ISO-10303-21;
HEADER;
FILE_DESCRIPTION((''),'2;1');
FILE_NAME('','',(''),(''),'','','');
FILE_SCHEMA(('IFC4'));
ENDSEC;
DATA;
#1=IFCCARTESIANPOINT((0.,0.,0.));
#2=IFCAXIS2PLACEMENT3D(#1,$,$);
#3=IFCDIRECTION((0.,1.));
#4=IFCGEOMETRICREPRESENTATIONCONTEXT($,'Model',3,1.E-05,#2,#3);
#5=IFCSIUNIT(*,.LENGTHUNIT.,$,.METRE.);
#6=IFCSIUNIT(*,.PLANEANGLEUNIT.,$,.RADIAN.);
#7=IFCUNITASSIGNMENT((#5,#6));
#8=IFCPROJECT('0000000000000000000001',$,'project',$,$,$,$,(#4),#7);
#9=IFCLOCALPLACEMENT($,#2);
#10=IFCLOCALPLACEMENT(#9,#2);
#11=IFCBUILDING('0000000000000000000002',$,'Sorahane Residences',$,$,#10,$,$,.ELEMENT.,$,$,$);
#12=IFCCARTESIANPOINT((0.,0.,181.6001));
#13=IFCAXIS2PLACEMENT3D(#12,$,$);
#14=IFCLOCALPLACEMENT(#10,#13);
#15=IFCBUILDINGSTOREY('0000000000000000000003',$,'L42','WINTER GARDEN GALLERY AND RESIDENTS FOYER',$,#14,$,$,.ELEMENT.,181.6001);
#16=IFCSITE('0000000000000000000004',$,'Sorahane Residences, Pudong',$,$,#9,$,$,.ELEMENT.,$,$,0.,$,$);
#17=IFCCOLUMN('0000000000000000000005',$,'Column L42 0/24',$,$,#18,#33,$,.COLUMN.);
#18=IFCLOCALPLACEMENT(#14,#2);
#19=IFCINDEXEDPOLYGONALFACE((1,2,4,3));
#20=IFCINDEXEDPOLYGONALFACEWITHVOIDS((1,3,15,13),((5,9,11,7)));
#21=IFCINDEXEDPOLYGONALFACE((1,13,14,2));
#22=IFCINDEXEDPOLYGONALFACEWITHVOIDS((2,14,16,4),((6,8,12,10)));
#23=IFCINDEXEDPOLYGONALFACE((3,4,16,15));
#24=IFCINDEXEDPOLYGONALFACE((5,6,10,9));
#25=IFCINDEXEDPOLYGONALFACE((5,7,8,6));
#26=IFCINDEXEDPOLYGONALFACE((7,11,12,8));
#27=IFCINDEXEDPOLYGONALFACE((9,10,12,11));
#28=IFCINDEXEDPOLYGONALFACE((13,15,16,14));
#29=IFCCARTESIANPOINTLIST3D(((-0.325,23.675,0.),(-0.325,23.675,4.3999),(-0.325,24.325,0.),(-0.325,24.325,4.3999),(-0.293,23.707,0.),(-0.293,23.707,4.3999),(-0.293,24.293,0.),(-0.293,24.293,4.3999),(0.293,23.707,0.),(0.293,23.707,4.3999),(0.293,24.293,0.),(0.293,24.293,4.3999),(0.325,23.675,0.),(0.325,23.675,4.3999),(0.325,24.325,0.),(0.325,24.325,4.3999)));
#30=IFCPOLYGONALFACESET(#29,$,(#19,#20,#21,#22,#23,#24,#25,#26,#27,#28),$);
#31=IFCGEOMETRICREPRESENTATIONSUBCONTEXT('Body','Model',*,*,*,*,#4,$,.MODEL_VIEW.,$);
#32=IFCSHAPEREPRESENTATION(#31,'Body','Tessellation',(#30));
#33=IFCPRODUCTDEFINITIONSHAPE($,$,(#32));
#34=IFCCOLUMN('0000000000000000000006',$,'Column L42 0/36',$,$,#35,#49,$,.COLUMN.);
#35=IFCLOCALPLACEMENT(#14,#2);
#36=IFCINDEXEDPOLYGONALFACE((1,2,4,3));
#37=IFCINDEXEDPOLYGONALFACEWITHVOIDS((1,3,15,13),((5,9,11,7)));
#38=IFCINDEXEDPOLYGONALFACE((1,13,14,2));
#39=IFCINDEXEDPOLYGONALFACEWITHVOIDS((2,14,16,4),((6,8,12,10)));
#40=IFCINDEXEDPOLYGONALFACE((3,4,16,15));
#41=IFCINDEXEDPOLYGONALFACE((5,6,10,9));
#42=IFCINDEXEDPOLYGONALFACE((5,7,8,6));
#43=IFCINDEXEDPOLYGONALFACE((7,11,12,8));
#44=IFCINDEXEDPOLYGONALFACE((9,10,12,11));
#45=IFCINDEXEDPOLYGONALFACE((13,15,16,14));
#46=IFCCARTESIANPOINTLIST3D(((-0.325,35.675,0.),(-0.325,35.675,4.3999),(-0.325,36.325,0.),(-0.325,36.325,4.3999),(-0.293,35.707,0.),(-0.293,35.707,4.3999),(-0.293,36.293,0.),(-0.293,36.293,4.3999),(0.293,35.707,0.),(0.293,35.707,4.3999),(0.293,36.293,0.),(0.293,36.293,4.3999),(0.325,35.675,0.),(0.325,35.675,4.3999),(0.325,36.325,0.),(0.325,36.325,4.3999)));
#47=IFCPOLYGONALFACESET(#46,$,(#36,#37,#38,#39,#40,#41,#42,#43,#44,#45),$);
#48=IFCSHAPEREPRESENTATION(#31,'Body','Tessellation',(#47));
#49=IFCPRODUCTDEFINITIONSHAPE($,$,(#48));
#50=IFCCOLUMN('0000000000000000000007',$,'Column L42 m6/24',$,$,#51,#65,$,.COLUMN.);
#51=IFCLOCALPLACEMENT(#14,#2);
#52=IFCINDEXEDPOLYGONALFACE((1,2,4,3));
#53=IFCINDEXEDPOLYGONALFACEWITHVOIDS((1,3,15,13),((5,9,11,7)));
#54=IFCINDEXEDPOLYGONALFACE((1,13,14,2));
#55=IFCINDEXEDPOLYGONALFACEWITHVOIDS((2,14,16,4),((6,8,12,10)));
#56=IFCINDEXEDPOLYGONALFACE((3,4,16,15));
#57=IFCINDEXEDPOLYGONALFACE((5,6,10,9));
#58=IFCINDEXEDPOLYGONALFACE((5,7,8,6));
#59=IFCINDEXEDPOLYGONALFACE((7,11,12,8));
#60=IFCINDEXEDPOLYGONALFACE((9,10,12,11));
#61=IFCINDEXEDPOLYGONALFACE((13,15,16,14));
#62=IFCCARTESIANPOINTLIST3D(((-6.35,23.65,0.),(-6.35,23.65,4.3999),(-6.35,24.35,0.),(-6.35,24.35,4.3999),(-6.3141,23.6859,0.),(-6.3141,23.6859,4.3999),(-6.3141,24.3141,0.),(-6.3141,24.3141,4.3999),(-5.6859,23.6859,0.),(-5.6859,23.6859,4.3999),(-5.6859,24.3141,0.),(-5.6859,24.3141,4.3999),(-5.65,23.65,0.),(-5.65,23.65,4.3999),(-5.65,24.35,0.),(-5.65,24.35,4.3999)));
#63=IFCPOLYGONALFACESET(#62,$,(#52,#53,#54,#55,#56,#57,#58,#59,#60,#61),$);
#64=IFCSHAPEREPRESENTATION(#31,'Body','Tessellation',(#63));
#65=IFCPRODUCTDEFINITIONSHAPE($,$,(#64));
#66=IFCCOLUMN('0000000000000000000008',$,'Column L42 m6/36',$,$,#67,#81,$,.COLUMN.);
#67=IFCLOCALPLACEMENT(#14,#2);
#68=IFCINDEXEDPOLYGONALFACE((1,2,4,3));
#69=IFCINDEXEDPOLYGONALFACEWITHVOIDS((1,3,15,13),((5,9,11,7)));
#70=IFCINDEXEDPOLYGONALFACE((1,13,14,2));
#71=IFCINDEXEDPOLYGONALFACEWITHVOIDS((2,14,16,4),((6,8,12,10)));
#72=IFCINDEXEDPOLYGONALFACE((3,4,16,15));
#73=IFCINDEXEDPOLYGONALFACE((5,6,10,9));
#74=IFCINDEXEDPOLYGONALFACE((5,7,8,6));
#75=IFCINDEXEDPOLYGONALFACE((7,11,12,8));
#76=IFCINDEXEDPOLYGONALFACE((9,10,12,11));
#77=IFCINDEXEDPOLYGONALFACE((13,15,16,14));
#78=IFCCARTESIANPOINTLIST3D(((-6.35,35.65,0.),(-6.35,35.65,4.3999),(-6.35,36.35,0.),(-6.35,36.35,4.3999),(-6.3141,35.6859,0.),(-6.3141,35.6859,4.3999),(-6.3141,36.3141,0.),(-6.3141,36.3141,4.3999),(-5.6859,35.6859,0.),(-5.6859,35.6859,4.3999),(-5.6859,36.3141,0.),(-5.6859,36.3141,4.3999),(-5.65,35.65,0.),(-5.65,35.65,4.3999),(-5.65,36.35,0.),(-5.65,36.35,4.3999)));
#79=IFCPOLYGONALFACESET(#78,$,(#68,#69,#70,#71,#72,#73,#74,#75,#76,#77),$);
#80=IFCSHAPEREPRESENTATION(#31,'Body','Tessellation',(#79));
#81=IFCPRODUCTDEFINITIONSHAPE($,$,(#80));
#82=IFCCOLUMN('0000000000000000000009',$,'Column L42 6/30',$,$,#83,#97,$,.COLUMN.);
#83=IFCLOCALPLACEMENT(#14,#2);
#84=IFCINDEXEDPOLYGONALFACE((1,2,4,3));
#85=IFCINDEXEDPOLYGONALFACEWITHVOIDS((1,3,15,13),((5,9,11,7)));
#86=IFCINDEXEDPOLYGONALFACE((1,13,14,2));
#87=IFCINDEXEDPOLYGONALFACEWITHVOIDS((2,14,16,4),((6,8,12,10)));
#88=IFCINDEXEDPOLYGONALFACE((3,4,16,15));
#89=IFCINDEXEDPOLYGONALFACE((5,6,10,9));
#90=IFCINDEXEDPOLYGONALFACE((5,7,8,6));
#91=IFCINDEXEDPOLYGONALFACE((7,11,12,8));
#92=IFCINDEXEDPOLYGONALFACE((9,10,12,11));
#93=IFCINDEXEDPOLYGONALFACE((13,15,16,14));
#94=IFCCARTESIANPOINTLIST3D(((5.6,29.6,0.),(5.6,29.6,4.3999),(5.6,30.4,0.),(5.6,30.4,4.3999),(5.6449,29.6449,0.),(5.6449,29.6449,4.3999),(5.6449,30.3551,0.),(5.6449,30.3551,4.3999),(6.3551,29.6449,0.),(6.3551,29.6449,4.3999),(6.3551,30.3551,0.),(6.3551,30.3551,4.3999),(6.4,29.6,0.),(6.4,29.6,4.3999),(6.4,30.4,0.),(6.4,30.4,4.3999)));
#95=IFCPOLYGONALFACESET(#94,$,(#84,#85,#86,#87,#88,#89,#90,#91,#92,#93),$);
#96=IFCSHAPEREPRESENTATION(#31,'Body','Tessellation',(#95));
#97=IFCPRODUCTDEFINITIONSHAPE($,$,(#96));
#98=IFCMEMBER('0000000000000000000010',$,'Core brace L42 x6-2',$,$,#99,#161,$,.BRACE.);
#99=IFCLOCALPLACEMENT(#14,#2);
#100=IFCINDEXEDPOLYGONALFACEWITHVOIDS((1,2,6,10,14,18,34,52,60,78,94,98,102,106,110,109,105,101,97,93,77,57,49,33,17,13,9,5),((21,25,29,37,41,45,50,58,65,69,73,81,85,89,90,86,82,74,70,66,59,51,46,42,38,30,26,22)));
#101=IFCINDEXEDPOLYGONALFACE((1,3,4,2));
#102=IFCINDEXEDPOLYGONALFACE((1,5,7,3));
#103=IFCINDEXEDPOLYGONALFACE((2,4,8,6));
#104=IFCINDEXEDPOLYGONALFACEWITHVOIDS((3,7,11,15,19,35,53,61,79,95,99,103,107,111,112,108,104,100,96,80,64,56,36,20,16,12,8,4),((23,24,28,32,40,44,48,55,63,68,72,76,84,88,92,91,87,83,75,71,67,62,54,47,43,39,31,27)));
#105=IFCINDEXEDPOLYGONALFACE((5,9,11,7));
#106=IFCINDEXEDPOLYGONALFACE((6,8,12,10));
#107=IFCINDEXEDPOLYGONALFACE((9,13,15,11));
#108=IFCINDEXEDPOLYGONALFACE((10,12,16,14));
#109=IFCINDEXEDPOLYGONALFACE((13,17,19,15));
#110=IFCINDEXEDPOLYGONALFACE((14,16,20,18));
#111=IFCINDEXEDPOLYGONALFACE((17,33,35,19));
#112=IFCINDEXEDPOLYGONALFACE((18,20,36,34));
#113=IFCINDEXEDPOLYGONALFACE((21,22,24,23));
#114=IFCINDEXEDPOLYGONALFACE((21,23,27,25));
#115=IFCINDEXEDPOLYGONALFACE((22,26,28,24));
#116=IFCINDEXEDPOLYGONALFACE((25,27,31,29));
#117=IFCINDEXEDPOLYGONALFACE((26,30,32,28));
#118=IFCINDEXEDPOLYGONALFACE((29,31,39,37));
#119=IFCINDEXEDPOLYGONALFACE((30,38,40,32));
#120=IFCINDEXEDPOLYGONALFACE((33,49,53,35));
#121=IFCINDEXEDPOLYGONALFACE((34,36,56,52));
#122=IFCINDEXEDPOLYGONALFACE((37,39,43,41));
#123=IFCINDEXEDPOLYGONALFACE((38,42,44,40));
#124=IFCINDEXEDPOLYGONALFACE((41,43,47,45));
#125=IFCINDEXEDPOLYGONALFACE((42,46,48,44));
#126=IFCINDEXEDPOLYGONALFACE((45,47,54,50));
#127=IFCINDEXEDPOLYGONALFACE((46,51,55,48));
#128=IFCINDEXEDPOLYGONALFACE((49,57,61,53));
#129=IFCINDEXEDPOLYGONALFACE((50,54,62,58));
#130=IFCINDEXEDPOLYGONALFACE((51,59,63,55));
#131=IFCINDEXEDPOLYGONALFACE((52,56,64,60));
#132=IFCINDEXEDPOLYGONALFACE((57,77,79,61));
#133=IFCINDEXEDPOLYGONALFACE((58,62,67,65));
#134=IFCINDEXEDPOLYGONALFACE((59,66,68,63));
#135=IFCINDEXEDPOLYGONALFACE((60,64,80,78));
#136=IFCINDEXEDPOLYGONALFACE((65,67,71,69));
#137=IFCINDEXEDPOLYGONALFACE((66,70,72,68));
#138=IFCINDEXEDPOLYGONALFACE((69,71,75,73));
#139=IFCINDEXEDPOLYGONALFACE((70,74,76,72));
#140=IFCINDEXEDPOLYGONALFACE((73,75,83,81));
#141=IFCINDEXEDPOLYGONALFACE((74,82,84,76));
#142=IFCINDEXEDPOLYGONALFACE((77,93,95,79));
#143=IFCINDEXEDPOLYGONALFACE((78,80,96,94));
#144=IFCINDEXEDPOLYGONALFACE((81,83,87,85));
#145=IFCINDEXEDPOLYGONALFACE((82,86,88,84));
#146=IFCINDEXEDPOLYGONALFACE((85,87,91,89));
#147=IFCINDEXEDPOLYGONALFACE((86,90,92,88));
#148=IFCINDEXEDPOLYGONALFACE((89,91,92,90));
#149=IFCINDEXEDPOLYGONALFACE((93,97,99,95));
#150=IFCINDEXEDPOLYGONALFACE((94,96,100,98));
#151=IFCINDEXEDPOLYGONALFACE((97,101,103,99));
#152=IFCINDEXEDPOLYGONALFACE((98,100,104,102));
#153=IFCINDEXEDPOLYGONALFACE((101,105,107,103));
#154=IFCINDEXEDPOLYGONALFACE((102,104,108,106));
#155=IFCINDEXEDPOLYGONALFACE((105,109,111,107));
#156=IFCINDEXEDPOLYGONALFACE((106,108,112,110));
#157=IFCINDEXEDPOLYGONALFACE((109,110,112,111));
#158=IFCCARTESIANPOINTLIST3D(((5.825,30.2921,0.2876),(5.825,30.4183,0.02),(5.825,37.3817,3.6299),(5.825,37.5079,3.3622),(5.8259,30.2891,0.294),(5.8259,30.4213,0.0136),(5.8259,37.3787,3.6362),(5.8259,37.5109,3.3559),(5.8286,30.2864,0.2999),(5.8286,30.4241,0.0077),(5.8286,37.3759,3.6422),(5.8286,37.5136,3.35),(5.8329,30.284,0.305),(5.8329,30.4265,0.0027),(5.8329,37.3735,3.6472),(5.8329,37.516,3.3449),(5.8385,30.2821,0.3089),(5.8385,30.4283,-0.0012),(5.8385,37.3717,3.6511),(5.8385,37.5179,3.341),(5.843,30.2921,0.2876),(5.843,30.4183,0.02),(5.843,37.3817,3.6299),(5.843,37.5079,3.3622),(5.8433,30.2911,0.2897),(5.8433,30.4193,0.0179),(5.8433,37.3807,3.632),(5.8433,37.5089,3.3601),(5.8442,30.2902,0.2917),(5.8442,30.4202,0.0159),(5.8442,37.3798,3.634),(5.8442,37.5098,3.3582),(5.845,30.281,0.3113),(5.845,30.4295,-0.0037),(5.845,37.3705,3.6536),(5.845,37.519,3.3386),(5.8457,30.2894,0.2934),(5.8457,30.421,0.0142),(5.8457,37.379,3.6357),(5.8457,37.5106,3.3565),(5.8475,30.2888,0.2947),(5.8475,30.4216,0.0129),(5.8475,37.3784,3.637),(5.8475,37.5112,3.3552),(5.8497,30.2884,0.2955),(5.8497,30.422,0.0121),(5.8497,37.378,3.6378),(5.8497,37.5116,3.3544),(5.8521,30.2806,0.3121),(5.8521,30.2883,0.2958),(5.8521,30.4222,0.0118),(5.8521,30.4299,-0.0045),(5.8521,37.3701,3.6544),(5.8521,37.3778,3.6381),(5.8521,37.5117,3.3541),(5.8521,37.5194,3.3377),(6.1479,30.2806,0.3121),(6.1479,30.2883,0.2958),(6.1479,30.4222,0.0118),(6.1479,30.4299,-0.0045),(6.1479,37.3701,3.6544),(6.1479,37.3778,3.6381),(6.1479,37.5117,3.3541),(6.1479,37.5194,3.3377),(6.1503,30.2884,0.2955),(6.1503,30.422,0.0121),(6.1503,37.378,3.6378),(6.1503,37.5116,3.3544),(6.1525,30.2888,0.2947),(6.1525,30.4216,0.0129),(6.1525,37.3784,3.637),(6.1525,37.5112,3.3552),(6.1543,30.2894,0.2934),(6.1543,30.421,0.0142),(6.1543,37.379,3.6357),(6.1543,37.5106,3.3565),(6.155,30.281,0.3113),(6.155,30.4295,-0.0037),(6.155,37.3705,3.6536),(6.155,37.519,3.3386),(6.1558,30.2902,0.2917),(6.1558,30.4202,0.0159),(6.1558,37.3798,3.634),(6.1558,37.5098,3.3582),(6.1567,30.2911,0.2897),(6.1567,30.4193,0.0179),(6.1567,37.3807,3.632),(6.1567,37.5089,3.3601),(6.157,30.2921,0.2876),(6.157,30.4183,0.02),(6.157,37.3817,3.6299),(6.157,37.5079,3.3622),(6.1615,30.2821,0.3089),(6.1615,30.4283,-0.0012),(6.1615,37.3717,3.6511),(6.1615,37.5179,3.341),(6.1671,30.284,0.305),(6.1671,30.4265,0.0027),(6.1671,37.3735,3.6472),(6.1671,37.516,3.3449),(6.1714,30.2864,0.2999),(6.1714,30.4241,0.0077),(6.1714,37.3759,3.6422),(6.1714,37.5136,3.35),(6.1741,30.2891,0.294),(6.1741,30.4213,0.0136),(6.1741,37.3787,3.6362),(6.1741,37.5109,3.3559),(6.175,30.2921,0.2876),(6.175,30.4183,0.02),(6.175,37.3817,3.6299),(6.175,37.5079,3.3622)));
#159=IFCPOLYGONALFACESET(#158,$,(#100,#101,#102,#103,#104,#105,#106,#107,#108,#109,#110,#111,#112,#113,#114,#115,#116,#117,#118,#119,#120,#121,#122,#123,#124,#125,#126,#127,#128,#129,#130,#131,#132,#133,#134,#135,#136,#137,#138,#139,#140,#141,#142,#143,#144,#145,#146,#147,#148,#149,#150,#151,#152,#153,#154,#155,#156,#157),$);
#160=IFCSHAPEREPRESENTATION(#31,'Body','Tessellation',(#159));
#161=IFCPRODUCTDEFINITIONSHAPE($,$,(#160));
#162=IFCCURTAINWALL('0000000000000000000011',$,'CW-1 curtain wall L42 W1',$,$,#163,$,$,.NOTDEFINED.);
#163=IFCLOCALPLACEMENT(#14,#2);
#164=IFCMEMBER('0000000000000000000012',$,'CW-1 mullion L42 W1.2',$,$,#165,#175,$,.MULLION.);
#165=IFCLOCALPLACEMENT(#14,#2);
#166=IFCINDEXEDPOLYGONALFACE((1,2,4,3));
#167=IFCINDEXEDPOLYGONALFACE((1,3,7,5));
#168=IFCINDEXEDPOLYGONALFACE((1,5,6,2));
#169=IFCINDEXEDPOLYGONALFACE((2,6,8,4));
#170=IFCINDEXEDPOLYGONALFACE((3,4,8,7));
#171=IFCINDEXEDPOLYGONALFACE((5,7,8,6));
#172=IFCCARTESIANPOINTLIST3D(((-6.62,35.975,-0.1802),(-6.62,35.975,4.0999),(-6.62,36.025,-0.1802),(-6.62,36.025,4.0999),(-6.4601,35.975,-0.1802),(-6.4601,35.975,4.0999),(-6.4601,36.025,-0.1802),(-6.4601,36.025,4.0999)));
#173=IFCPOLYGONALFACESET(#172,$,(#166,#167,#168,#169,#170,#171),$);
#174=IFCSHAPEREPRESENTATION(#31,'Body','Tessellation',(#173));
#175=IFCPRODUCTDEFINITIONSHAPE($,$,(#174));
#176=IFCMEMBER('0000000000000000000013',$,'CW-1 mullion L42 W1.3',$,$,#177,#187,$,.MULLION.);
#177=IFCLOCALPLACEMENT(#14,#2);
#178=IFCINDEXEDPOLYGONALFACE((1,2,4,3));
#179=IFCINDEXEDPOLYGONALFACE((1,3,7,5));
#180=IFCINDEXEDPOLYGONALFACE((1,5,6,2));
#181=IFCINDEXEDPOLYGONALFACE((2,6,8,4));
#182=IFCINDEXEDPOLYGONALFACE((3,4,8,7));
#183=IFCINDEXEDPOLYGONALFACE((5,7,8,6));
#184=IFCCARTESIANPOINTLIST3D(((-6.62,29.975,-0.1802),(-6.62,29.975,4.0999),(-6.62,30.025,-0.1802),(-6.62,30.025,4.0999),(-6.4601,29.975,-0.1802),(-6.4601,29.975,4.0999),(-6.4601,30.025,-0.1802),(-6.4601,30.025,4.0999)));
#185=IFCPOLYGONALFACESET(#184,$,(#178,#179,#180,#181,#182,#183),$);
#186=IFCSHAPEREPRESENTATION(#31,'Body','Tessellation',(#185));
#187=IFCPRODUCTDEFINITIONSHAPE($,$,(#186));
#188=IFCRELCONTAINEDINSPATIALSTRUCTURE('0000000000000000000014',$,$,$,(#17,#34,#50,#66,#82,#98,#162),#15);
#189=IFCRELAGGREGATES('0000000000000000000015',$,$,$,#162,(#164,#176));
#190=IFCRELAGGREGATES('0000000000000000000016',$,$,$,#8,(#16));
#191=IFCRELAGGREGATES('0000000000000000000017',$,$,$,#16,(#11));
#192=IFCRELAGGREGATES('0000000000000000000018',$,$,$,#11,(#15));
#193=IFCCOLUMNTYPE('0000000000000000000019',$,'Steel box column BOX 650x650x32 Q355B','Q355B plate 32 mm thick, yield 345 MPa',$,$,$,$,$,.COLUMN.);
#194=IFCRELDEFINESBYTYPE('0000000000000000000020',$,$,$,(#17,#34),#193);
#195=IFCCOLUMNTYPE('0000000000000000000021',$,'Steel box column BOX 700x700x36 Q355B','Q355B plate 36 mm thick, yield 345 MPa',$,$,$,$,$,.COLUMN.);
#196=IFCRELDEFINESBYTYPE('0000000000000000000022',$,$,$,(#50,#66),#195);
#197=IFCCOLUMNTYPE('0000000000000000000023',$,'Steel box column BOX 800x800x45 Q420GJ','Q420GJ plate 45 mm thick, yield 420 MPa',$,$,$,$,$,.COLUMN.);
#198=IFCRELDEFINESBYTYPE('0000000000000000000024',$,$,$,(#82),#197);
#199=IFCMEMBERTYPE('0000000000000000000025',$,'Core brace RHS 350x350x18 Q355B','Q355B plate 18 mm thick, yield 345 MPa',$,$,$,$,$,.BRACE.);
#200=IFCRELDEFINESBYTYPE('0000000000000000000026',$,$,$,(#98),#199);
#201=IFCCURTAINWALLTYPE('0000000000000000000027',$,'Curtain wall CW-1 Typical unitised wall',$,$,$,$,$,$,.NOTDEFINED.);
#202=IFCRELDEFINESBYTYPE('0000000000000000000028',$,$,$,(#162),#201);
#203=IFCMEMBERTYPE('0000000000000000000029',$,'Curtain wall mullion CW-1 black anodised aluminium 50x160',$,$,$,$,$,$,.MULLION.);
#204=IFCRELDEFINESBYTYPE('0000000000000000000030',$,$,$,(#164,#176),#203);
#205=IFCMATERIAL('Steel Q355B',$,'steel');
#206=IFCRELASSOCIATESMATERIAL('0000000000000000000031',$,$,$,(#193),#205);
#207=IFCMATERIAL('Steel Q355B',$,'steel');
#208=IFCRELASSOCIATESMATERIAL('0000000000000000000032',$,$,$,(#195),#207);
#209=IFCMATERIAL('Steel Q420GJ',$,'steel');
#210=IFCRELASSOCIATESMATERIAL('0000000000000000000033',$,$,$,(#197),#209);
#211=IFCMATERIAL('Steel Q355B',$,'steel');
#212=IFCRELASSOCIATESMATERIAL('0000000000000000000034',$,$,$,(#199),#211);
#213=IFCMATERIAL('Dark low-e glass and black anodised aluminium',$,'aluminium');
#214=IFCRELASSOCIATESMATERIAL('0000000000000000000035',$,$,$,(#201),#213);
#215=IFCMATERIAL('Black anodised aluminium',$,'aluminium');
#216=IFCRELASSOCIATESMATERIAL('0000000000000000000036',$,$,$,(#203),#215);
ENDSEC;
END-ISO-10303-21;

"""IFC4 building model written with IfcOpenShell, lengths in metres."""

from ifc_helpers import new_model, si_unit, direction, frame, origin, origin_2d, place, context, subcontext, project, spatial, rectangle, hollow_rectangle, extrude, material, material_profile, profile_set, type_object, element, aggregate, save


model = new_model("IFC4")

# Units and contexts
model_context = context("Model", 3, precision=1e-05, world=origin(), true_north=direction((0.0, 1.0)))
body_context = subcontext(model_context, "Body", "Model", "MODEL_VIEW")
ifc_project = project(units=[si_unit("LENGTHUNIT", "METRE"), si_unit("PLANEANGLEUNIT", "RADIAN")], contexts=[model_context])

# Site, building, storey
site_placement = place(None, origin())
site = spatial("IfcSite", under=ifc_project, at=site_placement, Name="Sorahane Residences, Pudong", CompositionType="ELEMENT", RefElevation=0.0)
building_placement = place(site_placement, origin())
building = spatial("IfcBuilding", under=site, at=building_placement, Name="Sorahane Residences", CompositionType="ELEMENT")
storey_placement = place(building_placement, frame((0.0, 0.0, 181.6001)))
storey = spatial("IfcBuildingStorey", under=building, at=storey_placement, Name="L42", Description="WINTER GARDEN GALLERY AND RESIDENTS FOYER", CompositionType="ELEMENT", Elevation=181.6001)

# Columns
ifc_material_1 = material(Name="Steel Q355B", Category="steel")
ifc_material_profile_1 = material_profile(ifc_material_1, hollow_rectangle(XDim=0.6499, YDim=0.6499, WallThickness=0.032, at=origin_2d()), Name="BOX 650x650x32")
ifc_profile_set_1 = profile_set([ifc_material_profile_1], Name="Steel Q355B")
column_type_1 = type_object("IfcColumnType", Name="Steel box column BOX 650x650x32 Q355B", Description="Q355B plate 32 mm thick, yield 345 MPa", PredefinedType="COLUMN", material=ifc_profile_set_1)
for number, where, z_axis, x_axis, name in (
    (1, (0.0, 24.0, 0.0), (0.0, 0.0, 1.0), (1.0, 0.0, 0.0), "Column L42 0/24"),
    (2, (0.0, 36.0, 0.0), (0.0, 0.0, 1.0), (1.0, 0.0, 0.0), "Column L42 0/36"),
):
    element("IfcColumn", number, at=place(storey_placement, frame(where, z_axis=z_axis, x_axis=x_axis)), inside=storey, type_object=column_type_1, Name=name, PredefinedType="COLUMN", context=body_context, shape_type="SweptSolid", body=[
        extrude(hollow_rectangle(XDim=0.6499, YDim=0.6499, WallThickness=0.032, at=origin_2d()), origin(), (0.0, 0.0, 1.0), 4.3999),
    ])
ifc_material_2 = material(Name="Steel Q355B", Category="steel")
ifc_material_profile_2 = material_profile(ifc_material_2, hollow_rectangle(XDim=0.7, YDim=0.7, WallThickness=0.0359, at=origin_2d()), Name="BOX 700x700x36")
ifc_profile_set_2 = profile_set([ifc_material_profile_2], Name="Steel Q355B")
column_type_2 = type_object("IfcColumnType", Name="Steel box column BOX 700x700x36 Q355B", Description="Q355B plate 36 mm thick, yield 345 MPa", PredefinedType="COLUMN", material=ifc_profile_set_2)
for number, where, z_axis, x_axis, name in (
    (3, (-6.0, 24.0, 0.0), (0.0, 0.0, 1.0), (1.0, 0.0, 0.0), "Column L42 m6/24"),
    (4, (-6.0, 36.0, 0.0), (0.0, 0.0, 1.0), (1.0, 0.0, 0.0), "Column L42 m6/36"),
):
    element("IfcColumn", number, at=place(storey_placement, frame(where, z_axis=z_axis, x_axis=x_axis)), inside=storey, type_object=column_type_2, Name=name, PredefinedType="COLUMN", context=body_context, shape_type="SweptSolid", body=[
        extrude(hollow_rectangle(XDim=0.7, YDim=0.7, WallThickness=0.0359, at=origin_2d()), origin(), (0.0, 0.0, 1.0), 4.3999),
    ])
ifc_material_3 = material(Name="Steel Q420GJ", Category="steel")
ifc_material_profile_3 = material_profile(ifc_material_3, hollow_rectangle(XDim=0.8, YDim=0.8, WallThickness=0.0449, at=origin_2d()), Name="BOX 800x800x45")
ifc_profile_set_3 = profile_set([ifc_material_profile_3], Name="Steel Q420GJ")
column_type_3 = type_object("IfcColumnType", Name="Steel box column BOX 800x800x45 Q420GJ", Description="Q420GJ plate 45 mm thick, yield 420 MPa", PredefinedType="COLUMN", material=ifc_profile_set_3)
column_placement = place(storey_placement, frame((6.0, 30.0, 0.0), z_axis=(0.0, 0.0, 1.0), x_axis=(1.0, 0.0, 0.0)))
element("IfcColumn", 5, at=column_placement, inside=storey, type_object=column_type_3, Name="Column L42 6/30", PredefinedType="COLUMN", context=body_context, shape_type="SweptSolid", body=[
    extrude(hollow_rectangle(XDim=0.8, YDim=0.8, WallThickness=0.0449, at=origin_2d()), origin(), (0.0, 0.0, 1.0), 4.3999),
])

# Member
ifc_material_4 = material(Name="Steel Q355B", Category="steel")
ifc_material_profile_4 = material_profile(ifc_material_4, hollow_rectangle(XDim=0.3501, YDim=0.3501, WallThickness=0.0181, InnerFilletRadius=0.009, OuterFilletRadius=0.0271, at=origin_2d()), Name="RHS 350x350x18")
ifc_profile_set_4 = profile_set([ifc_material_profile_4], Name="Steel Q355B")
member_type_1 = type_object("IfcMemberType", Name="Core brace RHS 350x350x18 Q355B", Description="Q355B plate 18 mm thick, yield 345 MPa", PredefinedType="BRACE", material=ifc_profile_set_4)
member_1_placement = place(storey_placement, frame((6.0, 30.3552, 0.1538), z_axis=(0.0, 0.904523, 0.426424), x_axis=(-1.0, 0.0, 0.0)))
element("IfcMember", 6, at=member_1_placement, inside=storey, type_object=member_type_1, Name="Core brace L42 x6-2", PredefinedType="BRACE", context=body_context, shape_type="SweptSolid", body=[
    extrude(hollow_rectangle(XDim=0.3501, YDim=0.3501, WallThickness=0.0181, InnerFilletRadius=0.009, OuterFilletRadius=0.0271, at=origin_2d()), origin(), (0.0, 0.0, 1.0), 7.8379),
])

# Curtain wall, members
ifc_material_5 = material(Name="Dark low-e glass and black anodised aluminium", Category="aluminium")
curtain_wall_type = type_object("IfcCurtainWallType", Name="Curtain wall CW-1 Typical unitised wall", PredefinedType="NOTDEFINED", material=ifc_material_5)
curtain_wall_placement = place(storey_placement, origin())
curtain_wall = element("IfcCurtainWall", 7, at=curtain_wall_placement, inside=storey, type_object=curtain_wall_type, Name="CW-1 curtain wall L42 W1", PredefinedType="NOTDEFINED")
ifc_material_6 = material(Name="Black anodised aluminium", Category="aluminium")
ifc_material_profile_5 = material_profile(ifc_material_6, rectangle(XDim=0.1599, YDim=0.05, at=origin_2d()), Name="Curtain wall mullion CW-1 black anodised aluminium 50x160")
ifc_profile_set_5 = profile_set([ifc_material_profile_5], Name="Black anodised aluminium")
member_type_2 = type_object("IfcMemberType", Name="Curtain wall mullion CW-1 black anodised aluminium 50x160", PredefinedType="MULLION", material=ifc_profile_set_5)
member_2_placement = place(storey_placement, frame((-6.54, 36.0, -0.1802), z_axis=(0.0, 0.0, 1.0), x_axis=(-1.0, 0.0, 0.0)))
member_2 = element("IfcMember", 8, at=member_2_placement, type_object=member_type_2, Name="CW-1 mullion L42 W1.2", PredefinedType="MULLION", context=body_context, shape_type="SweptSolid", body=[
    extrude(rectangle(XDim=0.1599, YDim=0.05, at=origin_2d()), origin(), (0.0, 0.0, 1.0), 4.28),
])
member_3_placement = place(storey_placement, frame((-6.54, 30.0, -0.1802), z_axis=(0.0, 0.0, 1.0), x_axis=(-1.0, 0.0, 0.0)))
member_3 = element("IfcMember", 9, at=member_3_placement, type_object=member_type_2, Name="CW-1 mullion L42 W1.3", PredefinedType="MULLION", context=body_context, shape_type="SweptSolid", body=[
    extrude(rectangle(XDim=0.1599, YDim=0.05, at=origin_2d()), origin(), (0.0, 0.0, 1.0), 4.28),
])

aggregate(curtain_wall, [member_2, member_3])

save(model, "model.ifc")
